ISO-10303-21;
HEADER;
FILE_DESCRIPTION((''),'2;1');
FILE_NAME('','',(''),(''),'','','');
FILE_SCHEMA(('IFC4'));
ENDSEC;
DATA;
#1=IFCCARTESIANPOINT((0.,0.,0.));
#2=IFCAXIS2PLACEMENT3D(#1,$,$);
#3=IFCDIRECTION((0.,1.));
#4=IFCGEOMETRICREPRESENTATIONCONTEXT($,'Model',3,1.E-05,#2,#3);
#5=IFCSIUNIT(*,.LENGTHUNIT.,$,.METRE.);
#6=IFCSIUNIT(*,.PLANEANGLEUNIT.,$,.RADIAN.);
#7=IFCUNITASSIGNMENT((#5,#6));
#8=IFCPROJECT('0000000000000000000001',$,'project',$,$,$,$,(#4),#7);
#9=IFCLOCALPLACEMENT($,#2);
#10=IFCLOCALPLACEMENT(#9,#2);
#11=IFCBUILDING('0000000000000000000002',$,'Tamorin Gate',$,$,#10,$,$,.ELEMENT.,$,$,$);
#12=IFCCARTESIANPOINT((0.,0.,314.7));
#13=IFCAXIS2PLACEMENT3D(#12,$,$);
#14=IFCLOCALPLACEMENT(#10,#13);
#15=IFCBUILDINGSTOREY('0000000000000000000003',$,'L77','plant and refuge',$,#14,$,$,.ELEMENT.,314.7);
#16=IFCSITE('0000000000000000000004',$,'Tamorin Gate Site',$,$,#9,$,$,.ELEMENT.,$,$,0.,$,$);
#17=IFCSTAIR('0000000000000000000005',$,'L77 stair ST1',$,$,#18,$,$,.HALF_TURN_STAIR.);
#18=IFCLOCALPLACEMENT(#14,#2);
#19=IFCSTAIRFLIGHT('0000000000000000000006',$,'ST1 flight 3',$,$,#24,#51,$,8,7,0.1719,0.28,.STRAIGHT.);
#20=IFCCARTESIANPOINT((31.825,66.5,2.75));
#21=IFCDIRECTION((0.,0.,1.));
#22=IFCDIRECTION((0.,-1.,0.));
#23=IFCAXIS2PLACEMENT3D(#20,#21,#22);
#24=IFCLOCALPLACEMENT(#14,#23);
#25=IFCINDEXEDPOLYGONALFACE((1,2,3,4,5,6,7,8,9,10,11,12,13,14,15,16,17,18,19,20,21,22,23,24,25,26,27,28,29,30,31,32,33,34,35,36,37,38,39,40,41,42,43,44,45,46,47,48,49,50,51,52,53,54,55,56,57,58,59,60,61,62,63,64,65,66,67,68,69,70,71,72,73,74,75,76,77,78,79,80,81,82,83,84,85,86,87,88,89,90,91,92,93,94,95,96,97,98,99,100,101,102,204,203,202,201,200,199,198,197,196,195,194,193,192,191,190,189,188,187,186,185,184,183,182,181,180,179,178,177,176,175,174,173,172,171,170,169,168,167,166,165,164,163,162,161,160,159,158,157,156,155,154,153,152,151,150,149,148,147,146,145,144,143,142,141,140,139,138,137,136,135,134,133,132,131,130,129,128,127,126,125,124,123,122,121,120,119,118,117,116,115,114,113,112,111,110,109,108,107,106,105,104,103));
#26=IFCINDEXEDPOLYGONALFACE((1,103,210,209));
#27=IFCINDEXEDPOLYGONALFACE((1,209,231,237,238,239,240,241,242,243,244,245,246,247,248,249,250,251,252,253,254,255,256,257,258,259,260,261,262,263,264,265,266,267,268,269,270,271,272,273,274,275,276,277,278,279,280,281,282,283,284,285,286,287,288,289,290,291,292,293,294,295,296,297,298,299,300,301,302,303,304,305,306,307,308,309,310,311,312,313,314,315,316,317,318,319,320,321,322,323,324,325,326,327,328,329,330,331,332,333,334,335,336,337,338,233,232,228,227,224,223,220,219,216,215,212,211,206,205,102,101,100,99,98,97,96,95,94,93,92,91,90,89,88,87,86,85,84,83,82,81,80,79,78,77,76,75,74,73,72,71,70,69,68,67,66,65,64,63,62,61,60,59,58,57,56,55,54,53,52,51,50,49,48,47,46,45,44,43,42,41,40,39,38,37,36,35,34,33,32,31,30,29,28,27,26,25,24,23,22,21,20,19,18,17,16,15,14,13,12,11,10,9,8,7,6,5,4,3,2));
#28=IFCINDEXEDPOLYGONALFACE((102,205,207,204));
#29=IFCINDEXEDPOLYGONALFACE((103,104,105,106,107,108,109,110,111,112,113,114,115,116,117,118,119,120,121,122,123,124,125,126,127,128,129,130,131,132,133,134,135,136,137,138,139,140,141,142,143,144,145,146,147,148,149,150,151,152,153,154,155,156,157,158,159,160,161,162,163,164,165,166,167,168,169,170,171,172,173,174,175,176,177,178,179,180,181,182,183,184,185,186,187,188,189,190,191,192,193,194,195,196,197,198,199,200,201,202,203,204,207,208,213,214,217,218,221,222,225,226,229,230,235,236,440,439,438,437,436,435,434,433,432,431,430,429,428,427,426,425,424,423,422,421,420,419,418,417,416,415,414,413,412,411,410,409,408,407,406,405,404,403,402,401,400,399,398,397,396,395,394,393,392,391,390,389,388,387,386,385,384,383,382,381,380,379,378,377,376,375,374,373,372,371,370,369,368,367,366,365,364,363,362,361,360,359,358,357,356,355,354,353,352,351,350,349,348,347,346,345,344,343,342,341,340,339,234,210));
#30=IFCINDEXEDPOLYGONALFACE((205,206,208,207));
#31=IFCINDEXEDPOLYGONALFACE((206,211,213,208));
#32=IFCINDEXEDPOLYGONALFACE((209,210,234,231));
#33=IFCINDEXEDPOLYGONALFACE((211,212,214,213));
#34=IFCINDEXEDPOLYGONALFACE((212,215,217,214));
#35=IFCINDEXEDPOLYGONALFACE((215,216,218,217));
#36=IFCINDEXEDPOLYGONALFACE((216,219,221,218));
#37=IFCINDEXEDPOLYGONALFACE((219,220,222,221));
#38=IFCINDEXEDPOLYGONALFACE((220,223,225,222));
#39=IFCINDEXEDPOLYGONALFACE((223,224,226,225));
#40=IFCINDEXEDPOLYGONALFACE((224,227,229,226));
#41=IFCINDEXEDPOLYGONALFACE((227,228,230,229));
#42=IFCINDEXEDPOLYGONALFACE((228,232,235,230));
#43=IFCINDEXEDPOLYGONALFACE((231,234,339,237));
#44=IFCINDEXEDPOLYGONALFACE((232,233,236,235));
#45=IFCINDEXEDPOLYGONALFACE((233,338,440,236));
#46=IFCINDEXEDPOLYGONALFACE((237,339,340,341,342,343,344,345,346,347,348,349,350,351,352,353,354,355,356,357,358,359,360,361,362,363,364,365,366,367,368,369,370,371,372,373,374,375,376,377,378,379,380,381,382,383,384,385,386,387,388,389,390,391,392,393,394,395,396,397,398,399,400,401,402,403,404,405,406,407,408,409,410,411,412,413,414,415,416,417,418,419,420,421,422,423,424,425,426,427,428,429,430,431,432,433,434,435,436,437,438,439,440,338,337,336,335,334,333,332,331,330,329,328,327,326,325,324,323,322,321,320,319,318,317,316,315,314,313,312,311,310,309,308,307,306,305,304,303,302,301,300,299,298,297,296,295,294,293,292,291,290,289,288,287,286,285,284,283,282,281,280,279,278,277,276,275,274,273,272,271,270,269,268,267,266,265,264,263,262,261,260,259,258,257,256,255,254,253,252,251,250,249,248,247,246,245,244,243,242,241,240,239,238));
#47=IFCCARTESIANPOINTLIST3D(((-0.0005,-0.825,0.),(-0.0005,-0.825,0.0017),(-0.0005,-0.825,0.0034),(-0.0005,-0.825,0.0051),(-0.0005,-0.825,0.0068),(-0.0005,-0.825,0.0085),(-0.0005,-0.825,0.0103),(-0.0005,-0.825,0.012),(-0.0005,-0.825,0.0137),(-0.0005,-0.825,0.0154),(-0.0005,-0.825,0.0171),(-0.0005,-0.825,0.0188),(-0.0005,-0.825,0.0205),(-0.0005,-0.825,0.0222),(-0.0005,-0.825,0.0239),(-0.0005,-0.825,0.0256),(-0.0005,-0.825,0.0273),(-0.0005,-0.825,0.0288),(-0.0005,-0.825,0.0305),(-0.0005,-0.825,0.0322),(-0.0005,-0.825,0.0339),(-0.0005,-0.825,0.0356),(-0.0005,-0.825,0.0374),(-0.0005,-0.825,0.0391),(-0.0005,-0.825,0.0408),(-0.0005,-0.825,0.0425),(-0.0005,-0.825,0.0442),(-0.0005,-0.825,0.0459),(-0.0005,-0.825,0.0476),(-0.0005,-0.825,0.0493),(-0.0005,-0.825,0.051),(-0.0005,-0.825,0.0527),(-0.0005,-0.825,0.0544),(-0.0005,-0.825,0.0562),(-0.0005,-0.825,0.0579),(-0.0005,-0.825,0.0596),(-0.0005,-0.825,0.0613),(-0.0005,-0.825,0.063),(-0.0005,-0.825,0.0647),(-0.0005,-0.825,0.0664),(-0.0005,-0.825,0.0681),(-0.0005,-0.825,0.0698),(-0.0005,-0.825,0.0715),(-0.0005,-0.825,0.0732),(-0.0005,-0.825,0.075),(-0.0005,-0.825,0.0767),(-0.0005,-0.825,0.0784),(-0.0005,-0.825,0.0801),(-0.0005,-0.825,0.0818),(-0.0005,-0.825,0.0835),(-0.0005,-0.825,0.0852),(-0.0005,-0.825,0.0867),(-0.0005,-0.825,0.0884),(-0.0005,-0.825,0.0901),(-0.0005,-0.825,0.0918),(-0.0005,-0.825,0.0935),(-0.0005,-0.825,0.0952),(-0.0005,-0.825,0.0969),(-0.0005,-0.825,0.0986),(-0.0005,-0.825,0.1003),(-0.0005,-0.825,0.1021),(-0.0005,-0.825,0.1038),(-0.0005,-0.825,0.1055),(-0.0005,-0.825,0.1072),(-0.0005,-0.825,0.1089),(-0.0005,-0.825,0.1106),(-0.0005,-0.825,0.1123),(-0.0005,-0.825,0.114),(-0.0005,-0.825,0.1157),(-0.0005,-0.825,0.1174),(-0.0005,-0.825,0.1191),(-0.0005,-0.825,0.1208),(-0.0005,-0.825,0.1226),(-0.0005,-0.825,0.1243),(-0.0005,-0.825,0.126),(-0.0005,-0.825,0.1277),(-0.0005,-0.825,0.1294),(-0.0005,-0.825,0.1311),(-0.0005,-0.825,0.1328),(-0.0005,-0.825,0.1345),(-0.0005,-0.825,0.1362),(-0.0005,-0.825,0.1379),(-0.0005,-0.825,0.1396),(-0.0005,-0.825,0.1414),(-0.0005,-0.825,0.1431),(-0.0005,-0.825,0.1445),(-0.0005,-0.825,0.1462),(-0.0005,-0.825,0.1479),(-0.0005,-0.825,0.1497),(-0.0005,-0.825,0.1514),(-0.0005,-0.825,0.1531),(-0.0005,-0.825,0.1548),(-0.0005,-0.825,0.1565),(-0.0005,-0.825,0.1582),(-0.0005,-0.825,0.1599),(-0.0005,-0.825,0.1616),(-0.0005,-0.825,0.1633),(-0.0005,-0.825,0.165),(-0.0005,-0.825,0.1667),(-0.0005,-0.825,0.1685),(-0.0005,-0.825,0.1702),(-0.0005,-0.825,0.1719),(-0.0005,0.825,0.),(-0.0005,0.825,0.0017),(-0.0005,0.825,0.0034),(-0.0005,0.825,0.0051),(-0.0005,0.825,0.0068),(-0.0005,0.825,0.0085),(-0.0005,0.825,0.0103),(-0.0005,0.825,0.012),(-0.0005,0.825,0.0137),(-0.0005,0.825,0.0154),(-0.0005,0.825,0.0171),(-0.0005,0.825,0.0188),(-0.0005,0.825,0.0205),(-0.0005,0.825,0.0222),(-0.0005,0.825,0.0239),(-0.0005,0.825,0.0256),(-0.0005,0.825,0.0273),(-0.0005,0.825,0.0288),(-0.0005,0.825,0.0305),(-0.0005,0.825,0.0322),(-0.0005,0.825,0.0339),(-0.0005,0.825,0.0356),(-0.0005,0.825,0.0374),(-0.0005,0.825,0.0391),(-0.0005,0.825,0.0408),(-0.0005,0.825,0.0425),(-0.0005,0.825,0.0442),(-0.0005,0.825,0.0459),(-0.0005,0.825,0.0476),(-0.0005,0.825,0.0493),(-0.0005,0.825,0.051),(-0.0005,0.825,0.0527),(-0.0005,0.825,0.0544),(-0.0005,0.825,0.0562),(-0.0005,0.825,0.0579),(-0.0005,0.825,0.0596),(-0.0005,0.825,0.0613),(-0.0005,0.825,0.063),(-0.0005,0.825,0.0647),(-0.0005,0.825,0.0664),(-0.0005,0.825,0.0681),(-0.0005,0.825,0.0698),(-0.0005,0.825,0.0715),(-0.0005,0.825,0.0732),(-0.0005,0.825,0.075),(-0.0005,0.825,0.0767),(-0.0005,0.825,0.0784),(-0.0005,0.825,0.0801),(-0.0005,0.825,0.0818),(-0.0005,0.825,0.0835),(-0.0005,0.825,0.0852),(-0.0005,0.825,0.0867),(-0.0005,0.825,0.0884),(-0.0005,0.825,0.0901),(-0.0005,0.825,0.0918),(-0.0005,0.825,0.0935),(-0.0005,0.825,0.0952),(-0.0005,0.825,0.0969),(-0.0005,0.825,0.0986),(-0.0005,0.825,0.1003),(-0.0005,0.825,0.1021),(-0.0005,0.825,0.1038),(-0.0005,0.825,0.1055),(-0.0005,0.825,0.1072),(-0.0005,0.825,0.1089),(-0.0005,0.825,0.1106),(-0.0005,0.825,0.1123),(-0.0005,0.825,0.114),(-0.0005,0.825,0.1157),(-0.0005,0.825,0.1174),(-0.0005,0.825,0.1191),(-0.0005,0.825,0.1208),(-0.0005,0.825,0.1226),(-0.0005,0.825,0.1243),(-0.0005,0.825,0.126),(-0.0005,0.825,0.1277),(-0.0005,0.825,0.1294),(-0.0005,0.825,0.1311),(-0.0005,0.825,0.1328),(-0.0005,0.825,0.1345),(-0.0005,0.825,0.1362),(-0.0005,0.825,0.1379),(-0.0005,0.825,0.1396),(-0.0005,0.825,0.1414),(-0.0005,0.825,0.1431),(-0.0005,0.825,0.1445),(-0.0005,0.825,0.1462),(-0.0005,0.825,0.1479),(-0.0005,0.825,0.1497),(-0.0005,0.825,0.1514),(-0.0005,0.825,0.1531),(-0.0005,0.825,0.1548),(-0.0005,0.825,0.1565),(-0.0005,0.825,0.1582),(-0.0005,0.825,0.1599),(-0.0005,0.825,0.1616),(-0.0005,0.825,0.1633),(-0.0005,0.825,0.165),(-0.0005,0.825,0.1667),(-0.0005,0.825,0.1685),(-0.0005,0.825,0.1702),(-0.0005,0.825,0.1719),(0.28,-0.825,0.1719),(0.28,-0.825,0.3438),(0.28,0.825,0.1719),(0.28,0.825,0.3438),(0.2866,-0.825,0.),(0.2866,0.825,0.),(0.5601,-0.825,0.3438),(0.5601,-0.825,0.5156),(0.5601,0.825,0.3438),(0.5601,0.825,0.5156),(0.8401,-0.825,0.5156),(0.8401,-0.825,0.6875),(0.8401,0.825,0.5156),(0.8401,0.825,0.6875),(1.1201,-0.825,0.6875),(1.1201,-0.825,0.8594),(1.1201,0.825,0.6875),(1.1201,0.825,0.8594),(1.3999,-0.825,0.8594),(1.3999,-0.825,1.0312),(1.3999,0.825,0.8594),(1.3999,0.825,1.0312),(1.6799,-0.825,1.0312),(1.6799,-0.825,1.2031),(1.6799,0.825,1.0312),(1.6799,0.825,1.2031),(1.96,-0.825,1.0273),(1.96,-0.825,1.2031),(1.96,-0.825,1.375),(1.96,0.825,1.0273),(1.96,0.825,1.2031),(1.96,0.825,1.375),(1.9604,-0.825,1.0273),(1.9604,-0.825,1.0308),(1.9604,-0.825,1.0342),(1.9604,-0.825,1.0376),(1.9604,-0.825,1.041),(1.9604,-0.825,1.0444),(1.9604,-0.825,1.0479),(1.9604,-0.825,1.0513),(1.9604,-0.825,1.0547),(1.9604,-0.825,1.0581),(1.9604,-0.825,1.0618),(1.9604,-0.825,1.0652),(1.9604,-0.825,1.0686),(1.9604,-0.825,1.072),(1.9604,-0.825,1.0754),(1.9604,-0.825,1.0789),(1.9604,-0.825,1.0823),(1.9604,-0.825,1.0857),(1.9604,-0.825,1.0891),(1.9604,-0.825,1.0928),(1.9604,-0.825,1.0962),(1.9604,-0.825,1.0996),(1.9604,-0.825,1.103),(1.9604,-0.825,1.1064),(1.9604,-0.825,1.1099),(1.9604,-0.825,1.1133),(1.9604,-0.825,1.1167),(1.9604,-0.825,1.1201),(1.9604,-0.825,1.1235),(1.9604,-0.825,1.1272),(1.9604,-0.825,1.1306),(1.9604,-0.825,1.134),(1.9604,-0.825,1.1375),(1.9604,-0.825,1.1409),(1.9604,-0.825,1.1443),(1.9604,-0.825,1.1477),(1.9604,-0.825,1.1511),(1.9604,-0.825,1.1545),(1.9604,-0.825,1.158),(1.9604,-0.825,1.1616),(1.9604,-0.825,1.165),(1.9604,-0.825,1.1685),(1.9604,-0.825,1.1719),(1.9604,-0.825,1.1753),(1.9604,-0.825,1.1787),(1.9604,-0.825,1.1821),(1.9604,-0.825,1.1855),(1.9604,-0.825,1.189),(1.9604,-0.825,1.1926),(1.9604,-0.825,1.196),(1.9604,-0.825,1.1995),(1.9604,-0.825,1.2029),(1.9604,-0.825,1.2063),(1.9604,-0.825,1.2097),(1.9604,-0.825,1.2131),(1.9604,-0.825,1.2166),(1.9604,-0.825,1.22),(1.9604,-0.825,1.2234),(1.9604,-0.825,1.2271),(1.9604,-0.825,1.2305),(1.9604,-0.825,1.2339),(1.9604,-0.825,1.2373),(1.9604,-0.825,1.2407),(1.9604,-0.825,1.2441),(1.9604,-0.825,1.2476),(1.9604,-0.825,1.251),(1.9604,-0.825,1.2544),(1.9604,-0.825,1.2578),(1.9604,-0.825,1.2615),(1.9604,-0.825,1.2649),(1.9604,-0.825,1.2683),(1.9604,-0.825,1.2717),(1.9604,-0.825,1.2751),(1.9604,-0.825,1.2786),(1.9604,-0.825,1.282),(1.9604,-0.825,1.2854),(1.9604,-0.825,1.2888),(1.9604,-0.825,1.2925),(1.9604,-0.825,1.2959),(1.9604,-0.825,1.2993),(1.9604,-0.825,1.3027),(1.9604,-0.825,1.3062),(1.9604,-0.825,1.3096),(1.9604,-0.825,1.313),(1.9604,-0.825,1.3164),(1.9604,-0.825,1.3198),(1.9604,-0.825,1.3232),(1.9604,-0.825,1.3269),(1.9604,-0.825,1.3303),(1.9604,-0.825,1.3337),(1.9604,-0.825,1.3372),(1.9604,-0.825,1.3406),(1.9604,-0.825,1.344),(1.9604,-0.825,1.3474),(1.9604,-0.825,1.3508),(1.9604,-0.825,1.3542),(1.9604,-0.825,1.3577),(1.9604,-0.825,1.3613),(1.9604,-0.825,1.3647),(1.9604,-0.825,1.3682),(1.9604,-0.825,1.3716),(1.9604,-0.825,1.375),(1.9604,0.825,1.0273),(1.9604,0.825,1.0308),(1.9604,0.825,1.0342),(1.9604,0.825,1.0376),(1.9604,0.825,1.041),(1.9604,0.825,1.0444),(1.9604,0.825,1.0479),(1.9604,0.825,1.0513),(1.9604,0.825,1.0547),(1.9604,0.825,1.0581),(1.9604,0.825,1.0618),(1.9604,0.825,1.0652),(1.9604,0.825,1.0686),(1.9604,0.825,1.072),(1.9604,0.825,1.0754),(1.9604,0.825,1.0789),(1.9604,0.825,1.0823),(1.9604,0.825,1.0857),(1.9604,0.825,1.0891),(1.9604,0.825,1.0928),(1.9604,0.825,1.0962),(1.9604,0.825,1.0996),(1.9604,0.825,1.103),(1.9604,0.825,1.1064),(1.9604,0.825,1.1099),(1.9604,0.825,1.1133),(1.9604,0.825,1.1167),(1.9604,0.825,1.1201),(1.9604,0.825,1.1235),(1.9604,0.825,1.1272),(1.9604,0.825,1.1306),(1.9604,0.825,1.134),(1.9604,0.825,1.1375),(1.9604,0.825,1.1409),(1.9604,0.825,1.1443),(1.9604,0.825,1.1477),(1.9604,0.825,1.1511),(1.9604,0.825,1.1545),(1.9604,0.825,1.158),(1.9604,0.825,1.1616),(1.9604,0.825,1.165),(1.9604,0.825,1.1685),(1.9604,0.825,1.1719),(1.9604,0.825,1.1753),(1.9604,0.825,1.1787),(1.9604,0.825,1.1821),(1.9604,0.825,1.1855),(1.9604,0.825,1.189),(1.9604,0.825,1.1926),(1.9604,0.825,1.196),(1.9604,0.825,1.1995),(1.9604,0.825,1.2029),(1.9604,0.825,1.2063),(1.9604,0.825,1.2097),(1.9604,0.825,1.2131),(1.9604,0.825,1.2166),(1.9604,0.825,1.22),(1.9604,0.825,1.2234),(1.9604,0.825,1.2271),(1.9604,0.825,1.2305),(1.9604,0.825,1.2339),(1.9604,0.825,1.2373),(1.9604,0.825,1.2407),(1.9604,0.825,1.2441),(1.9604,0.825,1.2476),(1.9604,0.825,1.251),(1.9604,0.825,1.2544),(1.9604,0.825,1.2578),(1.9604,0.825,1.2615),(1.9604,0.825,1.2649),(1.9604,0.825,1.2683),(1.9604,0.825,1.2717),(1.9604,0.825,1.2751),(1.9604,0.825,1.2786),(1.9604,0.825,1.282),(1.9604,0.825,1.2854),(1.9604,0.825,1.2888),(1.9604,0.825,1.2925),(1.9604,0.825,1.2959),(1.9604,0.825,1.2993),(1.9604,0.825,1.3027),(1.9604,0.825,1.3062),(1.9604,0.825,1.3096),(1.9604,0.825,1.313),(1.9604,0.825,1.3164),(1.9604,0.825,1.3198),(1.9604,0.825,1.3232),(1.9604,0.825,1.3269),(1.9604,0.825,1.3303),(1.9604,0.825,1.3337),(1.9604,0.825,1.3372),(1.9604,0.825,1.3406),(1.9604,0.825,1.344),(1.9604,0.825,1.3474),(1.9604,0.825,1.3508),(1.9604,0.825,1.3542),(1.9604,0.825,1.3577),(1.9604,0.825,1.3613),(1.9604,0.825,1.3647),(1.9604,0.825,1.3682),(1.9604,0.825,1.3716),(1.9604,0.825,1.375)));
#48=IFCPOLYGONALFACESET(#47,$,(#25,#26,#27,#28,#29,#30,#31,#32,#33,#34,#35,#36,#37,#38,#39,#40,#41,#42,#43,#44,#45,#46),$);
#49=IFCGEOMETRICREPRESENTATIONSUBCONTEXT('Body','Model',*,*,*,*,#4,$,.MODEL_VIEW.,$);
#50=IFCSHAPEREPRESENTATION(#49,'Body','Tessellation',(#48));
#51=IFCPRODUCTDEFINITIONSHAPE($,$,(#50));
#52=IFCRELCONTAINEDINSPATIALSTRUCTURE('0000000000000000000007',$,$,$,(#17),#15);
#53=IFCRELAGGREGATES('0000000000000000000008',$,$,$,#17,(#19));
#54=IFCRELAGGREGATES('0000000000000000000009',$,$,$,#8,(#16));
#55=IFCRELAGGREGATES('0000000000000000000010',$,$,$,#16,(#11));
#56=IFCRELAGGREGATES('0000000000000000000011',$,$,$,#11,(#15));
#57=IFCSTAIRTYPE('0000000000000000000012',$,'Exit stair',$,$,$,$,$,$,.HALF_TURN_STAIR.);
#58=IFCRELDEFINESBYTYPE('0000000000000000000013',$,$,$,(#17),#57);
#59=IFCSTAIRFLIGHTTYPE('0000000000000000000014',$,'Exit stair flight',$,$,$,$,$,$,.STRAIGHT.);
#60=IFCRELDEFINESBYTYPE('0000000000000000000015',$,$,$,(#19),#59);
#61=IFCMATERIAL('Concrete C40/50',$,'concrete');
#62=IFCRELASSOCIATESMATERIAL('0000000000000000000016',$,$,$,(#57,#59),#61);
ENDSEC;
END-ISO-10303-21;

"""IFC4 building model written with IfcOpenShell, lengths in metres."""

from ifc_helpers import new_model, si_unit, direction, frame, origin, place, context, subcontext, project, spatial, polyline, outline, extrude, material, type_object, element, aggregate, save


model = new_model("IFC4")

# Units and contexts
model_context = context("Model", 3, precision=1e-05, world=origin(), true_north=direction((0.0, 1.0)))
body_context = subcontext(model_context, "Body", "Model", "MODEL_VIEW")
ifc_project = project(units=[si_unit("LENGTHUNIT", "METRE"), si_unit("PLANEANGLEUNIT", "RADIAN")], contexts=[model_context])

# Site, building, storey
site_placement = place(None, origin())
site = spatial("IfcSite", under=ifc_project, at=site_placement, Name="Tamorin Gate Site", CompositionType="ELEMENT", RefElevation=0.0)
building_placement = place(site_placement, origin())
building = spatial("IfcBuilding", under=site, at=building_placement, Name="Tamorin Gate", CompositionType="ELEMENT")
storey_placement = place(building_placement, frame((0.0, 0.0, 314.7)))
storey = spatial("IfcBuildingStorey", under=building, at=storey_placement, Name="L77", Description="plant and refuge", CompositionType="ELEMENT", Elevation=314.7)

# Stair, stair flight
ifc_material_1 = material(Name="Concrete C40/50", Category="concrete")
stair_type = type_object("IfcStairType", Name="Exit stair", PredefinedType="HALF_TURN_STAIR", material=ifc_material_1)
stair_placement = place(storey_placement, origin())
stair = element("IfcStair", 1, at=stair_placement, inside=storey, type_object=stair_type, Name="L77 stair ST1", PredefinedType="HALF_TURN_STAIR")
stair_flight_type = type_object("IfcStairFlightType", Name="Exit stair flight", PredefinedType="STRAIGHT", material=ifc_material_1)
stair_flight_1_placement = place(storey_placement, frame((31.825, 66.5, 2.75), z_axis=(0.0, 0.0, 1.0), x_axis=(0.0, -1.0, 0.0)))
stair_flight_1 = element("IfcStairFlight", 2, at=stair_flight_1_placement, type_object=stair_flight_type, Name="ST1 flight 3", NumberOfRisers=8, NumberOfTreads=7, PredefinedType="STRAIGHT", RiserHeight=0.1719, TreadLength=0.28, context=body_context, shape_type="SweptSolid", body=[
    extrude(outline(polyline([(-0.0005, 0.0), (-0.0005, 0.0017), (-0.0005, 0.0034), (-0.0005, 0.0051), (-0.0005, 0.0068), (-0.0005, 0.0085), (-0.0005, 0.0103), (-0.0005, 0.012), (-0.0005, 0.0137), (-0.0005, 0.0154), (-0.0005, 0.0171), (-0.0005, 0.0188), (-0.0005, 0.0205), (-0.0005, 0.0222), (-0.0005, 0.0239), (-0.0005, 0.0256), (-0.0005, 0.0273), (-0.0005, 0.0288), (-0.0005, 0.0305), (-0.0005, 0.0322), (-0.0005, 0.0339), (-0.0005, 0.0356), (-0.0005, 0.0374), (-0.0005, 0.0391), (-0.0005, 0.0408), (-0.0005, 0.0425), (-0.0005, 0.0442), (-0.0005, 0.0459), (-0.0005, 0.0476), (-0.0005, 0.0493), (-0.0005, 0.051), (-0.0005, 0.0527), (-0.0005, 0.0544), (-0.0005, 0.0562), (-0.0005, 0.0579), (-0.0005, 0.0596), (-0.0005, 0.0613), (-0.0005, 0.063), (-0.0005, 0.0647), (-0.0005, 0.0664), (-0.0005, 0.0681), (-0.0005, 0.0698), (-0.0005, 0.0715), (-0.0005, 0.0732), (-0.0005, 0.075), (-0.0005, 0.0767), (-0.0005, 0.0784), (-0.0005, 0.0801), (-0.0005, 0.0818), (-0.0005, 0.0835), (-0.0005, 0.0852), (-0.0005, 0.0867), (-0.0005, 0.0884), (-0.0005, 0.0901), (-0.0005, 0.0918), (-0.0005, 0.0935), (-0.0005, 0.0952), (-0.0005, 0.0969), (-0.0005, 0.0986), (-0.0005, 0.1003), (-0.0005, 0.1021), (-0.0005, 0.1038), (-0.0005, 0.1055), (-0.0005, 0.1072), (-0.0005, 0.1089), (-0.0005, 0.1106), (-0.0005, 0.1123), (-0.0005, 0.114), (-0.0005, 0.1157), (-0.0005, 0.1174), (-0.0005, 0.1191), (-0.0005, 0.1208), (-0.0005, 0.1226), (-0.0005, 0.1243), (-0.0005, 0.126), (-0.0005, 0.1277), (-0.0005, 0.1294), (-0.0005, 0.1311), (-0.0005, 0.1328), (-0.0005, 0.1345), (-0.0005, 0.1362), (-0.0005, 0.1379), (-0.0005, 0.1396), (-0.0005, 0.1414), (-0.0005, 0.1431), (-0.0005, 0.1445), (-0.0005, 0.1462), (-0.0005, 0.1479), (-0.0005, 0.1497), (-0.0005, 0.1514), (-0.0005, 0.1531), (-0.0005, 0.1548), (-0.0005, 0.1565), (-0.0005, 0.1582), (-0.0005, 0.1599), (-0.0005, 0.1616), (-0.0005, 0.1633), (-0.0005, 0.165), (-0.0005, 0.1667), (-0.0005, 0.1685), (-0.0005, 0.1702), (-0.0005, 0.1719), (0.28, 0.1719), (0.28, 0.3438), (0.5601, 0.3438), (0.5601, 0.5156), (0.8401, 0.5156), (0.8401, 0.6875), (1.1201, 0.6875), (1.1201, 0.8594), (1.3999, 0.8594), (1.3999, 1.0312), (1.6799, 1.0312), (1.6799, 1.2031), (1.96, 1.2031), (1.96, 1.375), (1.9604, 1.375), (1.9604, 1.3716), (1.9604, 1.3682), (1.9604, 1.3647), (1.9604, 1.3613), (1.9604, 1.3577), (1.9604, 1.3542), (1.9604, 1.3508), (1.9604, 1.3474), (1.9604, 1.344), (1.9604, 1.3406), (1.9604, 1.3372), (1.9604, 1.3337), (1.9604, 1.3303), (1.9604, 1.3269), (1.9604, 1.3232), (1.9604, 1.3198), (1.9604, 1.3164), (1.9604, 1.313), (1.9604, 1.3096), (1.9604, 1.3062), (1.9604, 1.3027), (1.9604, 1.2993), (1.9604, 1.2959), (1.9604, 1.2925), (1.9604, 1.2888), (1.9604, 1.2854), (1.9604, 1.282), (1.9604, 1.2786), (1.9604, 1.2751), (1.9604, 1.2717), (1.9604, 1.2683), (1.9604, 1.2649), (1.9604, 1.2615), (1.9604, 1.2578), (1.9604, 1.2544), (1.9604, 1.251), (1.9604, 1.2476), (1.9604, 1.2441), (1.9604, 1.2407), (1.9604, 1.2373), (1.9604, 1.2339), (1.9604, 1.2305), (1.9604, 1.2271), (1.9604, 1.2234), (1.9604, 1.22), (1.9604, 1.2166), (1.9604, 1.2131), (1.9604, 1.2097), (1.9604, 1.2063), (1.9604, 1.2029), (1.9604, 1.1995), (1.9604, 1.196), (1.9604, 1.1926), (1.9604, 1.189), (1.9604, 1.1855), (1.9604, 1.1821), (1.9604, 1.1787), (1.9604, 1.1753), (1.9604, 1.1719), (1.9604, 1.1685), (1.9604, 1.165), (1.9604, 1.1616), (1.9604, 1.158), (1.9604, 1.1545), (1.9604, 1.1511), (1.9604, 1.1477), (1.9604, 1.1443), (1.9604, 1.1409), (1.9604, 1.1375), (1.9604, 1.134), (1.9604, 1.1306), (1.9604, 1.1272), (1.9604, 1.1235), (1.9604, 1.1201), (1.9604, 1.1167), (1.9604, 1.1133), (1.9604, 1.1099), (1.9604, 1.1064), (1.9604, 1.103), (1.9604, 1.0996), (1.9604, 1.0962), (1.9604, 1.0928), (1.9604, 1.0891), (1.9604, 1.0857), (1.9604, 1.0823), (1.9604, 1.0789), (1.9604, 1.0754), (1.9604, 1.072), (1.9604, 1.0686), (1.9604, 1.0652), (1.9604, 1.0618), (1.9604, 1.0581), (1.9604, 1.0547), (1.9604, 1.0513), (1.9604, 1.0479), (1.9604, 1.0444), (1.9604, 1.041), (1.9604, 1.0376), (1.9604, 1.0342), (1.9604, 1.0308), (1.9604, 1.0273), (1.96, 1.0273), (0.2866, 0.0), (-0.0005, 0.0)])), frame((0.0, 0.825, 0.0), z_axis=(0.0, -1.0, 0.0), x_axis=(1.0, 0.0, 0.0)), (0.0, 0.0, 1.0), 1.6499),
])
aggregate(stair, [stair_flight_1])

save(model, "model.ifc")
